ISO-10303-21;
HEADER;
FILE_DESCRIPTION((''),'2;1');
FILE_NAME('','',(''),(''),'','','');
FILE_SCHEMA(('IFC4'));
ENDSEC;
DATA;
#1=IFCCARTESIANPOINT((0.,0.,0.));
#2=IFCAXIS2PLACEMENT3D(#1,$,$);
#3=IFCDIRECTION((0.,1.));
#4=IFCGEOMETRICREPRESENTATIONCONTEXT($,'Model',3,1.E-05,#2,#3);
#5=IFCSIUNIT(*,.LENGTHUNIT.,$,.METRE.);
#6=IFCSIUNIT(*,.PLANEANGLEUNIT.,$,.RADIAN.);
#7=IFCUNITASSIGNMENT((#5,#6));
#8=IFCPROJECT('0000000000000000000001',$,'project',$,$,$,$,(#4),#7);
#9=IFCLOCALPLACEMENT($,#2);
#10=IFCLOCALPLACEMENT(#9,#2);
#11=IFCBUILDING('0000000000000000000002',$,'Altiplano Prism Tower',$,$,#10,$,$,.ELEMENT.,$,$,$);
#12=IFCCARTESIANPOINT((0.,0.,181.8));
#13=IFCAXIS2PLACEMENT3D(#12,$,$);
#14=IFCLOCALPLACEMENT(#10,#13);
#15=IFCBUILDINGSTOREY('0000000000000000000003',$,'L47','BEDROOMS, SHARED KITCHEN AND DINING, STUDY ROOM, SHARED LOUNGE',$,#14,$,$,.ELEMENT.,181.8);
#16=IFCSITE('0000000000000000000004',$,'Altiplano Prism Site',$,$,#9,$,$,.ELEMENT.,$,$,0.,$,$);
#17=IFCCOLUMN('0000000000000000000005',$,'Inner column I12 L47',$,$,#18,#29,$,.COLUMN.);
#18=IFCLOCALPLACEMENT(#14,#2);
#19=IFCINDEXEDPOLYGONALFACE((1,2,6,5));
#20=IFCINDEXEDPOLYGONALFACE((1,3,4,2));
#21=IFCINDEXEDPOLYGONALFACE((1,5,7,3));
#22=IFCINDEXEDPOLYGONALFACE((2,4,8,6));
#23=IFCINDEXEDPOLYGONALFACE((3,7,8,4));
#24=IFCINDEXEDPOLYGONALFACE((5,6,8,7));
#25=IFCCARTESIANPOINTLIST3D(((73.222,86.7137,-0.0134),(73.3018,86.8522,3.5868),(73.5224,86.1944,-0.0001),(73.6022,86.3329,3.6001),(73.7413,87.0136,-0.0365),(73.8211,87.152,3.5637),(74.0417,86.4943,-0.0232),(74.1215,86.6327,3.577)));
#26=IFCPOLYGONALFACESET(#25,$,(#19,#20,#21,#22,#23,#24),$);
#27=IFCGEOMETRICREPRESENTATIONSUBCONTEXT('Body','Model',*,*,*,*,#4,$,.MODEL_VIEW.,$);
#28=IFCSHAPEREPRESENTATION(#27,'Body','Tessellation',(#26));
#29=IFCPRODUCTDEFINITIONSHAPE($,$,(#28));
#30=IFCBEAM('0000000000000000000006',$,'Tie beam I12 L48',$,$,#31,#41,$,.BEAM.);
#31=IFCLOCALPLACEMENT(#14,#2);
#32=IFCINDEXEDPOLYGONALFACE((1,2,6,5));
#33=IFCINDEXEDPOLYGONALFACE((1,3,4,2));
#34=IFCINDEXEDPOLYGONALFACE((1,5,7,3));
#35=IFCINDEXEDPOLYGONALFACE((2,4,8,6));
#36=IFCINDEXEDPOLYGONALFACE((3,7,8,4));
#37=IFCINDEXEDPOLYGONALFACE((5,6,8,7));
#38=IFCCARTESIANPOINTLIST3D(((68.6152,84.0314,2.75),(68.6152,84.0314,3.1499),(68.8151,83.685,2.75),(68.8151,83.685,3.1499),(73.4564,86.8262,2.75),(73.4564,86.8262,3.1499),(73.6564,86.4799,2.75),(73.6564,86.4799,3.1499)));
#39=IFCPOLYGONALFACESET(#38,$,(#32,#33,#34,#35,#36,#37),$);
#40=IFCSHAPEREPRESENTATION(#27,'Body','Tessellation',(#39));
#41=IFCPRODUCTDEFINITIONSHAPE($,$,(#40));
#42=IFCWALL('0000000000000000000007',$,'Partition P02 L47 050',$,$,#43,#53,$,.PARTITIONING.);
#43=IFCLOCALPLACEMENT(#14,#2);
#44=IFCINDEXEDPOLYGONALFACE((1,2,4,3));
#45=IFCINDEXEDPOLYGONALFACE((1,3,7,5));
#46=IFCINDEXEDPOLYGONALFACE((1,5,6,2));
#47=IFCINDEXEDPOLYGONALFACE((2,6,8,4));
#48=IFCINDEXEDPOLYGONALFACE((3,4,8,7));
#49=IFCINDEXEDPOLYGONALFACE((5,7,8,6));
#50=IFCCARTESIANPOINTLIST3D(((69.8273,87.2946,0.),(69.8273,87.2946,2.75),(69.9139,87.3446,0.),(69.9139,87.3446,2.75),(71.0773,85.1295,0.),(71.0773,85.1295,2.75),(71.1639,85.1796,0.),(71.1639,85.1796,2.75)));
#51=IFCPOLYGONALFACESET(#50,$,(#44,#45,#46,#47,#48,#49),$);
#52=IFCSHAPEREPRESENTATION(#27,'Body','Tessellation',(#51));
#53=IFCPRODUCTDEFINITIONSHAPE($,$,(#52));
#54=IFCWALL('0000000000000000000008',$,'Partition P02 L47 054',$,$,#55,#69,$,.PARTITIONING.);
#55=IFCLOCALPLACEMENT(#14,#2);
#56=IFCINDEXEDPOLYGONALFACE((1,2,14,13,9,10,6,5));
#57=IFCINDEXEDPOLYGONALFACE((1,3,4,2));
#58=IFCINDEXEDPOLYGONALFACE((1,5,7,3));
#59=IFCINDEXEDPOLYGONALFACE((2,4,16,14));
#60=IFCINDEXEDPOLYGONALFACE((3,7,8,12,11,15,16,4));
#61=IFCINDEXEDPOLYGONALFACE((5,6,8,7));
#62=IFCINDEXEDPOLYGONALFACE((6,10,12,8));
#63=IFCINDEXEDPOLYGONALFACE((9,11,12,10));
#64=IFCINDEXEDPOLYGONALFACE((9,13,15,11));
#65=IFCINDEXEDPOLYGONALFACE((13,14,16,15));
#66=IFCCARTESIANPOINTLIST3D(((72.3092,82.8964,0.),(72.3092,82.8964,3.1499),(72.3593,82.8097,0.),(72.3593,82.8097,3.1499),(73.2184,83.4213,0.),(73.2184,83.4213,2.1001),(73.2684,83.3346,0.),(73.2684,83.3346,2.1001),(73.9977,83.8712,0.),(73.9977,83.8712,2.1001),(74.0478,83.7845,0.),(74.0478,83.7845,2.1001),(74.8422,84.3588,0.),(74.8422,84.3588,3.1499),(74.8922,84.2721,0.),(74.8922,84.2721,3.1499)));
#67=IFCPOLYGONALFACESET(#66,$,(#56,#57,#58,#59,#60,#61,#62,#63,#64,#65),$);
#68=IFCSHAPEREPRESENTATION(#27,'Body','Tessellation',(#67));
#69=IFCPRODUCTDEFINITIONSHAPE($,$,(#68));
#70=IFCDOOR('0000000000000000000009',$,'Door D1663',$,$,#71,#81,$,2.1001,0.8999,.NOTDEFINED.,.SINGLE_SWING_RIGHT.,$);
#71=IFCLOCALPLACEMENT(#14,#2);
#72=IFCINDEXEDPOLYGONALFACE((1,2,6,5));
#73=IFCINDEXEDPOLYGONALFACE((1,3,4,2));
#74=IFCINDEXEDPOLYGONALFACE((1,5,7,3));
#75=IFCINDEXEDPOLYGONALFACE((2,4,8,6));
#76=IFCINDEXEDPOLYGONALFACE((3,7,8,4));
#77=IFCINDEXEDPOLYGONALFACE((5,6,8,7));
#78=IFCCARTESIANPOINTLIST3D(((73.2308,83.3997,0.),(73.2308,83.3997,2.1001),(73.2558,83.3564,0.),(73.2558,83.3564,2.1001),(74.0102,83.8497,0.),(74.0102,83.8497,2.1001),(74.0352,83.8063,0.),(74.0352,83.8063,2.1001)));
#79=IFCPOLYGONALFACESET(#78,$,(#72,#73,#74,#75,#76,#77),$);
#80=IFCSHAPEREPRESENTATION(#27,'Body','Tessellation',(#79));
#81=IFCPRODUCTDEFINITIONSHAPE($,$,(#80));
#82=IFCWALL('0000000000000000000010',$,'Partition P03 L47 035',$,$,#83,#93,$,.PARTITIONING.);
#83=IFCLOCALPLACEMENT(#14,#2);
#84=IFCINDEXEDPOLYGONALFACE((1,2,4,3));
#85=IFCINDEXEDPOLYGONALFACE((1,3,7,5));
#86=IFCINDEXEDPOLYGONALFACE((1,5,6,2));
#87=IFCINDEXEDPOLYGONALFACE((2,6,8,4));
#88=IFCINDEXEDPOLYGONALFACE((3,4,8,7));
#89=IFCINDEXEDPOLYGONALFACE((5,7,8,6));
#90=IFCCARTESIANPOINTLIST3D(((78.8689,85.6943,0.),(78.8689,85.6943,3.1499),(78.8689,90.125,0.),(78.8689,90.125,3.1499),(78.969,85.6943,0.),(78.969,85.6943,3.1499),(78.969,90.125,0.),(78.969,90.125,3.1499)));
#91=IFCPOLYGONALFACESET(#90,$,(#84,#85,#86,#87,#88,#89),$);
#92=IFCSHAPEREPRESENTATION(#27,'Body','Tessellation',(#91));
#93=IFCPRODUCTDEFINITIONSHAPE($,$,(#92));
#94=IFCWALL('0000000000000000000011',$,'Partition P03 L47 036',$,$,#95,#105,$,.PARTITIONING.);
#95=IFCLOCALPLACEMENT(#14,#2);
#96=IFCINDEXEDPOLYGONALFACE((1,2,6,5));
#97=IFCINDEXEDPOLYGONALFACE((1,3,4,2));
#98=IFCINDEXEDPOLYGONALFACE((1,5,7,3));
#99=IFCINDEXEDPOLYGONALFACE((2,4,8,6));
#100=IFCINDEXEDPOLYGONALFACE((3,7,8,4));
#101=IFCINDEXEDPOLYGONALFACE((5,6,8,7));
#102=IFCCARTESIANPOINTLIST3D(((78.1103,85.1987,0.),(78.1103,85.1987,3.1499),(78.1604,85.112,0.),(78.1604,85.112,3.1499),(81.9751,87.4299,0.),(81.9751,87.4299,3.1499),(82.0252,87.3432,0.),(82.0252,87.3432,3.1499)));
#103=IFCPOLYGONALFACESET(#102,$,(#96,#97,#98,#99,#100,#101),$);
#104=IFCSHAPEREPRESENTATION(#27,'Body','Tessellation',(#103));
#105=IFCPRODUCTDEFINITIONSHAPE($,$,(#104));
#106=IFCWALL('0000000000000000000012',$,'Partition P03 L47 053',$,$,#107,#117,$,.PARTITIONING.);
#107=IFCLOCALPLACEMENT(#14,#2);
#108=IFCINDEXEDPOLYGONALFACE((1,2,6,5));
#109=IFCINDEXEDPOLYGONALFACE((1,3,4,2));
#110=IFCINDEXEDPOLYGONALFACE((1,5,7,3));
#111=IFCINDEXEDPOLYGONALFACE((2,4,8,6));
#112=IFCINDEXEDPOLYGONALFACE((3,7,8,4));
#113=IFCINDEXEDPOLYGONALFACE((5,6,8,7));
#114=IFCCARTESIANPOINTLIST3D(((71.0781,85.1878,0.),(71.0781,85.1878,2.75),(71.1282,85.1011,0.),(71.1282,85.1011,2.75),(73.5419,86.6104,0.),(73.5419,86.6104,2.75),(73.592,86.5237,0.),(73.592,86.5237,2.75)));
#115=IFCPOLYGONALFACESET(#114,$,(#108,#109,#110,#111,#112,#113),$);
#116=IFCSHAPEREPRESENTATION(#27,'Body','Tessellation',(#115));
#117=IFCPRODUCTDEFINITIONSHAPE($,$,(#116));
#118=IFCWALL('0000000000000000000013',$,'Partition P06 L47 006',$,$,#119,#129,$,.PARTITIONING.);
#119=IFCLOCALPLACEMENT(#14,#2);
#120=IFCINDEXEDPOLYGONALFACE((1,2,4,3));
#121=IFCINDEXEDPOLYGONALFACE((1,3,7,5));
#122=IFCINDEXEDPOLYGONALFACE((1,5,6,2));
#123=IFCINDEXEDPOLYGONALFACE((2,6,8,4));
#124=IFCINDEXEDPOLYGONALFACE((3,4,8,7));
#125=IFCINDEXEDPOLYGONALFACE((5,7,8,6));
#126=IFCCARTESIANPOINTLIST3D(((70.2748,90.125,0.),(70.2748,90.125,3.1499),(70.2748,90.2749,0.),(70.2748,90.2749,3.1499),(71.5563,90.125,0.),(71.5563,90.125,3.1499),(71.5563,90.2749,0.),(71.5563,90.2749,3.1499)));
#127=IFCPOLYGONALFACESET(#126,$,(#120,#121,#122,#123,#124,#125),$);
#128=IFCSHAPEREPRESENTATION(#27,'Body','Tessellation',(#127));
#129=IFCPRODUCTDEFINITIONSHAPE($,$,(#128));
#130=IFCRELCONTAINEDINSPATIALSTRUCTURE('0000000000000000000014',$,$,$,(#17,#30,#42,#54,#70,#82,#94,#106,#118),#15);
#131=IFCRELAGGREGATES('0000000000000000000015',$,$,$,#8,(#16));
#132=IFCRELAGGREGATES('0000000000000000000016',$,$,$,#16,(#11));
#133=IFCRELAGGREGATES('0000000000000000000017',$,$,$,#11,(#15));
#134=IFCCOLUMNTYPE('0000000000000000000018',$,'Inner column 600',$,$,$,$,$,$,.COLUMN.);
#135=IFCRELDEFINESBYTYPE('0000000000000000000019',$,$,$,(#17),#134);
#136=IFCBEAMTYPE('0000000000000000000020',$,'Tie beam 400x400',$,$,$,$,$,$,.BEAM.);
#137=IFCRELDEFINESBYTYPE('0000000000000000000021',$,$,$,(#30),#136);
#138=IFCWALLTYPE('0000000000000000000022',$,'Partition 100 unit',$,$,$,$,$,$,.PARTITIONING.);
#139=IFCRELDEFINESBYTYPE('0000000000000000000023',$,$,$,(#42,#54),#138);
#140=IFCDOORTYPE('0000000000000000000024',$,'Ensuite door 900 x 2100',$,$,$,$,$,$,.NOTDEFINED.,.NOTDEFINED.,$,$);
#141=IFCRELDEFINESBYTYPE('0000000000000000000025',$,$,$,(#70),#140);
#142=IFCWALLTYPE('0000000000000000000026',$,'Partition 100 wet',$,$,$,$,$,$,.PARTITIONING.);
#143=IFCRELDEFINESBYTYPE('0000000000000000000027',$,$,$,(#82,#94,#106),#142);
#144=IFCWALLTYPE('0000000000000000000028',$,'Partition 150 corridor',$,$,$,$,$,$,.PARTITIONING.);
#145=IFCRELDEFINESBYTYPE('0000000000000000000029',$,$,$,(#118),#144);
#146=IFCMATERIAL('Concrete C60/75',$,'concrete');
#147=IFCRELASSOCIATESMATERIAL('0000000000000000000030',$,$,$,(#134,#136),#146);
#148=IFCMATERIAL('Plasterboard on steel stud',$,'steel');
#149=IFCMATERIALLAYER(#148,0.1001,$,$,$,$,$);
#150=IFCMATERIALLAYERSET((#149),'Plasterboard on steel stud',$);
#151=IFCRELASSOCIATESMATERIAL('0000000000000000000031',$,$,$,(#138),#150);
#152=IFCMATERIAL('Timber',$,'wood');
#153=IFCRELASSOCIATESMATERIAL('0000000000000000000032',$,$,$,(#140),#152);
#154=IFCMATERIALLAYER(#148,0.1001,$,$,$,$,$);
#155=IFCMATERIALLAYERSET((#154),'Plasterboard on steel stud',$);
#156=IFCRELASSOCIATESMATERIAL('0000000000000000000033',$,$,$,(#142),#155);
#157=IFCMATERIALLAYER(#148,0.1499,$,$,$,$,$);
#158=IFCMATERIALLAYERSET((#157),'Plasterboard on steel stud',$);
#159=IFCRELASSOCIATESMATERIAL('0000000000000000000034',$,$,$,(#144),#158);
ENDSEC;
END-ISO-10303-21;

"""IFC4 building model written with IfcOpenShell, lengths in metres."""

from ifc_helpers import new_model, si_unit, direction, frame, frame_2d, origin, origin_2d, place, context, subcontext, project, spatial, rectangle, extrude, material, layer, layer_set, material_profile, profile_set, type_object, element, fill, save


model = new_model("IFC4")

# Units and contexts
model_context = context("Model", 3, precision=1e-05, world=origin(), true_north=direction((0.0, 1.0)))
body_context = subcontext(model_context, "Body", "Model", "MODEL_VIEW")
ifc_project = project(units=[si_unit("LENGTHUNIT", "METRE"), si_unit("PLANEANGLEUNIT", "RADIAN")], contexts=[model_context])

# Site, building, storey
site_placement = place(None, origin())
site = spatial("IfcSite", under=ifc_project, at=site_placement, Name="Altiplano Prism Site", CompositionType="ELEMENT", RefElevation=0.0)
building_placement = place(site_placement, origin())
building = spatial("IfcBuilding", under=site, at=building_placement, Name="Altiplano Prism Tower", CompositionType="ELEMENT")
storey_placement = place(building_placement, frame((0.0, 0.0, 181.8)))
storey = spatial("IfcBuildingStorey", under=building, at=storey_placement, Name="L47", Description="BEDROOMS, SHARED KITCHEN AND DINING, STUDY ROOM, SHARED LOUNGE", CompositionType="ELEMENT", Elevation=181.8)

# Column
ifc_material_1 = material(Name="Concrete C60/75", Category="concrete")
ifc_material_profile_1 = material_profile(ifc_material_1, rectangle(XDim=0.6001, YDim=0.6001, at=origin_2d()), Name="Inner column 600")
ifc_profile_set_1 = profile_set([ifc_material_profile_1], Name="Concrete C60/75")
column_type = type_object("IfcColumnType", Name="Inner column 600", PredefinedType="COLUMN", material=ifc_profile_set_1)
column_placement = place(storey_placement, frame((73.6318, 86.604, -0.0183), z_axis=(0.022154, 0.038413, 0.999016), x_axis=(-0.865364, -0.499671, 0.038403)))
element("IfcColumn", 1, at=column_placement, inside=storey, type_object=column_type, Name="Inner column I12 L47", PredefinedType="COLUMN", context=body_context, shape_type="SweptSolid", body=[
    extrude(rectangle(XDim=0.6001, YDim=0.6001, at=origin_2d()), origin(), (0.0, 0.0, 1.0), 3.6038),
])

# Beam
ifc_material_profile_2 = material_profile(ifc_material_1, rectangle(XDim=0.3999, YDim=0.3999, at=origin_2d()), Name="Tie beam 400x400")
ifc_profile_set_2 = profile_set([ifc_material_profile_2], Name="Concrete C60/75")
beam_type = type_object("IfcBeamType", Name="Tie beam 400x400", PredefinedType="BEAM", material=ifc_profile_set_2)
beam_placement = place(storey_placement, frame((73.5564, 86.6531, 2.95), z_axis=(-0.866042, -0.499972, 0.0), x_axis=(0.499972, -0.866042, 0.0)))
element("IfcBeam", 2, at=beam_placement, inside=storey, type_object=beam_type, Name="Tie beam I12 L48", PredefinedType="BEAM", context=body_context, shape_type="SweptSolid", body=[
    extrude(rectangle(XDim=0.3999, YDim=0.3999, at=origin_2d()), origin(), (0.0, 0.0, 1.0), 5.5901),
])

# Wall
ifc_material_2 = material(Name="Plasterboard on steel stud", Category="steel")
ifc_layer_1 = layer(ifc_material_2, 0.1001)
ifc_layer_set_1 = layer_set([ifc_layer_1], Name="Plasterboard on steel stud")
wall_type_1 = type_object("IfcWallType", Name="Partition 100 unit", PredefinedType="PARTITIONING", material=ifc_layer_set_1)
wall_1_placement = place(storey_placement, frame((71.1206, 85.1545, 0.0), z_axis=(0.0, 0.0, 1.0), x_axis=(-0.500004, 0.866023, 0.0)))
element("IfcWall", 3, at=wall_1_placement, inside=storey, type_object=wall_type_1, Name="Partition P02 L47 050", PredefinedType="PARTITIONING", context=body_context, shape_type="SweptSolid", body=[
    extrude(rectangle(XDim=2.5, YDim=0.1001, at=frame_2d((1.25, 0.0))), origin(), (0.0, 0.0, 1.0), 2.75),
])

# Wall, opening, door
wall_2_placement = place(storey_placement, frame((74.8672, 84.3154, 0.0), z_axis=(0.0, 0.0, 1.0), x_axis=(-0.866026, -0.499999, 0.0)))
wall_2 = element("IfcWall", 4, at=wall_2_placement, inside=storey, type_object=wall_type_1, Name="Partition P02 L47 054", PredefinedType="PARTITIONING", context=body_context, shape_type="SweptSolid", body=[
    extrude(rectangle(XDim=2.9248, YDim=0.1001, at=frame_2d((1.4624, 0.0))), origin(), (0.0, 0.0, 1.0), 3.1499),
])
opening_1_placement = place(wall_2_placement, frame((0.9751, 0.0, 0.0)))
opening_1 = element("IfcOpeningElement", 5, at=opening_1_placement, cuts=wall_2, PredefinedType="OPENING", context=body_context, shape_type="SweptSolid", body=[
    extrude(rectangle(XDim=0.8999, YDim=2.1001, at=frame_2d((0.45, 1.05))), frame((0.0, 0.0605, 0.0), z_axis=(0.0, -1.0, 0.0), x_axis=(1.0, 0.0, 0.0)), (0.0, 0.0, 1.0), 0.1211),
])
ifc_material_3 = material(Name="Timber", Category="wood")
door_type_1 = type_object("IfcDoorType", Name="Ensuite door 900 x 2100", OperationType="NOTDEFINED", PredefinedType="NOTDEFINED", material=ifc_material_3)
door_1_placement = place(opening_1_placement, origin())
door_1 = element("IfcDoor", 6, at=door_1_placement, inside=storey, type_object=door_type_1, Name="Door D1663", OperationType="SINGLE_SWING_RIGHT", OverallHeight=2.1001, OverallWidth=0.8999, PredefinedType="NOTDEFINED", context=body_context, shape_type="SweptSolid", body=[
    extrude(rectangle(XDim=0.8999, YDim=2.1001, at=frame_2d((0.45, 1.05))), frame((0.0, 0.0249, 0.0), z_axis=(0.0, -1.0, 0.0), x_axis=(1.0, 0.0, 0.0)), (0.0, 0.0, 1.0), 0.05),
])
fill(opening_1, door_1)

# Walls
ifc_layer_2 = layer(ifc_material_2, 0.1001)
ifc_layer_set_2 = layer_set([ifc_layer_2], Name="Plasterboard on steel stud")
wall_type_2 = type_object("IfcWallType", Name="Partition 100 wet", PredefinedType="PARTITIONING", material=ifc_layer_set_2)
wall_3_placement = place(storey_placement, frame((78.9189, 90.125, 0.0), z_axis=(0.0, 0.0, 1.0), x_axis=(0.0, -1.0, 0.0)))
element("IfcWall", 7, at=wall_3_placement, inside=storey, type_object=wall_type_2, Name="Partition P03 L47 035", PredefinedType="PARTITIONING", context=body_context, shape_type="SweptSolid", body=[
    extrude(rectangle(XDim=4.4307, YDim=0.1001, at=frame_2d((2.2153, 0.0))), origin(), (0.0, 0.0, 1.0), 3.1499),
])
wall_4_placement = place(storey_placement, frame((78.1353, 85.1553, 0.0), z_axis=(0.0, 0.0, 1.0), x_axis=(0.866036, 0.499981, 0.0)))
element("IfcWall", 8, at=wall_4_placement, inside=storey, type_object=wall_type_2, Name="Partition P03 L47 036", PredefinedType="PARTITIONING", context=body_context, shape_type="SweptSolid", body=[
    extrude(rectangle(XDim=4.4626, YDim=0.1001, at=frame_2d((2.2314, 0.0))), origin(), (0.0, 0.0, 1.0), 3.1499),
])
wall_5_placement = place(storey_placement, frame((71.1033, 85.1445, 0.0), z_axis=(0.0, 0.0, 1.0), x_axis=(0.866011, 0.500025, 0.0)))
element("IfcWall", 9, at=wall_5_placement, inside=storey, type_object=wall_type_2, Name="Partition P03 L47 053", PredefinedType="PARTITIONING", context=body_context, shape_type="SweptSolid", body=[
    extrude(rectangle(XDim=2.845, YDim=0.1001, at=frame_2d((1.4224, 0.0))), origin(), (0.0, 0.0, 1.0), 2.75),
])
ifc_layer_3 = layer(ifc_material_2, 0.1499)
ifc_layer_set_3 = layer_set([ifc_layer_3], Name="Plasterboard on steel stud")
wall_type_3 = type_object("IfcWallType", Name="Partition 150 corridor", PredefinedType="PARTITIONING", material=ifc_layer_set_3)
wall_6_placement = place(storey_placement, frame((70.2749, 90.2, 0.0), z_axis=(0.0, 0.0, 1.0), x_axis=(1.0, 0.0, 0.0)))
element("IfcWall", 10, at=wall_6_placement, inside=storey, type_object=wall_type_3, Name="Partition P06 L47 006", PredefinedType="PARTITIONING", context=body_context, shape_type="SweptSolid", body=[
    extrude(rectangle(XDim=1.2815, YDim=0.1499, at=frame_2d((0.6406, 0.0))), origin(), (0.0, 0.0, 1.0), 3.1499),
])

save(model, "model.ifc")
